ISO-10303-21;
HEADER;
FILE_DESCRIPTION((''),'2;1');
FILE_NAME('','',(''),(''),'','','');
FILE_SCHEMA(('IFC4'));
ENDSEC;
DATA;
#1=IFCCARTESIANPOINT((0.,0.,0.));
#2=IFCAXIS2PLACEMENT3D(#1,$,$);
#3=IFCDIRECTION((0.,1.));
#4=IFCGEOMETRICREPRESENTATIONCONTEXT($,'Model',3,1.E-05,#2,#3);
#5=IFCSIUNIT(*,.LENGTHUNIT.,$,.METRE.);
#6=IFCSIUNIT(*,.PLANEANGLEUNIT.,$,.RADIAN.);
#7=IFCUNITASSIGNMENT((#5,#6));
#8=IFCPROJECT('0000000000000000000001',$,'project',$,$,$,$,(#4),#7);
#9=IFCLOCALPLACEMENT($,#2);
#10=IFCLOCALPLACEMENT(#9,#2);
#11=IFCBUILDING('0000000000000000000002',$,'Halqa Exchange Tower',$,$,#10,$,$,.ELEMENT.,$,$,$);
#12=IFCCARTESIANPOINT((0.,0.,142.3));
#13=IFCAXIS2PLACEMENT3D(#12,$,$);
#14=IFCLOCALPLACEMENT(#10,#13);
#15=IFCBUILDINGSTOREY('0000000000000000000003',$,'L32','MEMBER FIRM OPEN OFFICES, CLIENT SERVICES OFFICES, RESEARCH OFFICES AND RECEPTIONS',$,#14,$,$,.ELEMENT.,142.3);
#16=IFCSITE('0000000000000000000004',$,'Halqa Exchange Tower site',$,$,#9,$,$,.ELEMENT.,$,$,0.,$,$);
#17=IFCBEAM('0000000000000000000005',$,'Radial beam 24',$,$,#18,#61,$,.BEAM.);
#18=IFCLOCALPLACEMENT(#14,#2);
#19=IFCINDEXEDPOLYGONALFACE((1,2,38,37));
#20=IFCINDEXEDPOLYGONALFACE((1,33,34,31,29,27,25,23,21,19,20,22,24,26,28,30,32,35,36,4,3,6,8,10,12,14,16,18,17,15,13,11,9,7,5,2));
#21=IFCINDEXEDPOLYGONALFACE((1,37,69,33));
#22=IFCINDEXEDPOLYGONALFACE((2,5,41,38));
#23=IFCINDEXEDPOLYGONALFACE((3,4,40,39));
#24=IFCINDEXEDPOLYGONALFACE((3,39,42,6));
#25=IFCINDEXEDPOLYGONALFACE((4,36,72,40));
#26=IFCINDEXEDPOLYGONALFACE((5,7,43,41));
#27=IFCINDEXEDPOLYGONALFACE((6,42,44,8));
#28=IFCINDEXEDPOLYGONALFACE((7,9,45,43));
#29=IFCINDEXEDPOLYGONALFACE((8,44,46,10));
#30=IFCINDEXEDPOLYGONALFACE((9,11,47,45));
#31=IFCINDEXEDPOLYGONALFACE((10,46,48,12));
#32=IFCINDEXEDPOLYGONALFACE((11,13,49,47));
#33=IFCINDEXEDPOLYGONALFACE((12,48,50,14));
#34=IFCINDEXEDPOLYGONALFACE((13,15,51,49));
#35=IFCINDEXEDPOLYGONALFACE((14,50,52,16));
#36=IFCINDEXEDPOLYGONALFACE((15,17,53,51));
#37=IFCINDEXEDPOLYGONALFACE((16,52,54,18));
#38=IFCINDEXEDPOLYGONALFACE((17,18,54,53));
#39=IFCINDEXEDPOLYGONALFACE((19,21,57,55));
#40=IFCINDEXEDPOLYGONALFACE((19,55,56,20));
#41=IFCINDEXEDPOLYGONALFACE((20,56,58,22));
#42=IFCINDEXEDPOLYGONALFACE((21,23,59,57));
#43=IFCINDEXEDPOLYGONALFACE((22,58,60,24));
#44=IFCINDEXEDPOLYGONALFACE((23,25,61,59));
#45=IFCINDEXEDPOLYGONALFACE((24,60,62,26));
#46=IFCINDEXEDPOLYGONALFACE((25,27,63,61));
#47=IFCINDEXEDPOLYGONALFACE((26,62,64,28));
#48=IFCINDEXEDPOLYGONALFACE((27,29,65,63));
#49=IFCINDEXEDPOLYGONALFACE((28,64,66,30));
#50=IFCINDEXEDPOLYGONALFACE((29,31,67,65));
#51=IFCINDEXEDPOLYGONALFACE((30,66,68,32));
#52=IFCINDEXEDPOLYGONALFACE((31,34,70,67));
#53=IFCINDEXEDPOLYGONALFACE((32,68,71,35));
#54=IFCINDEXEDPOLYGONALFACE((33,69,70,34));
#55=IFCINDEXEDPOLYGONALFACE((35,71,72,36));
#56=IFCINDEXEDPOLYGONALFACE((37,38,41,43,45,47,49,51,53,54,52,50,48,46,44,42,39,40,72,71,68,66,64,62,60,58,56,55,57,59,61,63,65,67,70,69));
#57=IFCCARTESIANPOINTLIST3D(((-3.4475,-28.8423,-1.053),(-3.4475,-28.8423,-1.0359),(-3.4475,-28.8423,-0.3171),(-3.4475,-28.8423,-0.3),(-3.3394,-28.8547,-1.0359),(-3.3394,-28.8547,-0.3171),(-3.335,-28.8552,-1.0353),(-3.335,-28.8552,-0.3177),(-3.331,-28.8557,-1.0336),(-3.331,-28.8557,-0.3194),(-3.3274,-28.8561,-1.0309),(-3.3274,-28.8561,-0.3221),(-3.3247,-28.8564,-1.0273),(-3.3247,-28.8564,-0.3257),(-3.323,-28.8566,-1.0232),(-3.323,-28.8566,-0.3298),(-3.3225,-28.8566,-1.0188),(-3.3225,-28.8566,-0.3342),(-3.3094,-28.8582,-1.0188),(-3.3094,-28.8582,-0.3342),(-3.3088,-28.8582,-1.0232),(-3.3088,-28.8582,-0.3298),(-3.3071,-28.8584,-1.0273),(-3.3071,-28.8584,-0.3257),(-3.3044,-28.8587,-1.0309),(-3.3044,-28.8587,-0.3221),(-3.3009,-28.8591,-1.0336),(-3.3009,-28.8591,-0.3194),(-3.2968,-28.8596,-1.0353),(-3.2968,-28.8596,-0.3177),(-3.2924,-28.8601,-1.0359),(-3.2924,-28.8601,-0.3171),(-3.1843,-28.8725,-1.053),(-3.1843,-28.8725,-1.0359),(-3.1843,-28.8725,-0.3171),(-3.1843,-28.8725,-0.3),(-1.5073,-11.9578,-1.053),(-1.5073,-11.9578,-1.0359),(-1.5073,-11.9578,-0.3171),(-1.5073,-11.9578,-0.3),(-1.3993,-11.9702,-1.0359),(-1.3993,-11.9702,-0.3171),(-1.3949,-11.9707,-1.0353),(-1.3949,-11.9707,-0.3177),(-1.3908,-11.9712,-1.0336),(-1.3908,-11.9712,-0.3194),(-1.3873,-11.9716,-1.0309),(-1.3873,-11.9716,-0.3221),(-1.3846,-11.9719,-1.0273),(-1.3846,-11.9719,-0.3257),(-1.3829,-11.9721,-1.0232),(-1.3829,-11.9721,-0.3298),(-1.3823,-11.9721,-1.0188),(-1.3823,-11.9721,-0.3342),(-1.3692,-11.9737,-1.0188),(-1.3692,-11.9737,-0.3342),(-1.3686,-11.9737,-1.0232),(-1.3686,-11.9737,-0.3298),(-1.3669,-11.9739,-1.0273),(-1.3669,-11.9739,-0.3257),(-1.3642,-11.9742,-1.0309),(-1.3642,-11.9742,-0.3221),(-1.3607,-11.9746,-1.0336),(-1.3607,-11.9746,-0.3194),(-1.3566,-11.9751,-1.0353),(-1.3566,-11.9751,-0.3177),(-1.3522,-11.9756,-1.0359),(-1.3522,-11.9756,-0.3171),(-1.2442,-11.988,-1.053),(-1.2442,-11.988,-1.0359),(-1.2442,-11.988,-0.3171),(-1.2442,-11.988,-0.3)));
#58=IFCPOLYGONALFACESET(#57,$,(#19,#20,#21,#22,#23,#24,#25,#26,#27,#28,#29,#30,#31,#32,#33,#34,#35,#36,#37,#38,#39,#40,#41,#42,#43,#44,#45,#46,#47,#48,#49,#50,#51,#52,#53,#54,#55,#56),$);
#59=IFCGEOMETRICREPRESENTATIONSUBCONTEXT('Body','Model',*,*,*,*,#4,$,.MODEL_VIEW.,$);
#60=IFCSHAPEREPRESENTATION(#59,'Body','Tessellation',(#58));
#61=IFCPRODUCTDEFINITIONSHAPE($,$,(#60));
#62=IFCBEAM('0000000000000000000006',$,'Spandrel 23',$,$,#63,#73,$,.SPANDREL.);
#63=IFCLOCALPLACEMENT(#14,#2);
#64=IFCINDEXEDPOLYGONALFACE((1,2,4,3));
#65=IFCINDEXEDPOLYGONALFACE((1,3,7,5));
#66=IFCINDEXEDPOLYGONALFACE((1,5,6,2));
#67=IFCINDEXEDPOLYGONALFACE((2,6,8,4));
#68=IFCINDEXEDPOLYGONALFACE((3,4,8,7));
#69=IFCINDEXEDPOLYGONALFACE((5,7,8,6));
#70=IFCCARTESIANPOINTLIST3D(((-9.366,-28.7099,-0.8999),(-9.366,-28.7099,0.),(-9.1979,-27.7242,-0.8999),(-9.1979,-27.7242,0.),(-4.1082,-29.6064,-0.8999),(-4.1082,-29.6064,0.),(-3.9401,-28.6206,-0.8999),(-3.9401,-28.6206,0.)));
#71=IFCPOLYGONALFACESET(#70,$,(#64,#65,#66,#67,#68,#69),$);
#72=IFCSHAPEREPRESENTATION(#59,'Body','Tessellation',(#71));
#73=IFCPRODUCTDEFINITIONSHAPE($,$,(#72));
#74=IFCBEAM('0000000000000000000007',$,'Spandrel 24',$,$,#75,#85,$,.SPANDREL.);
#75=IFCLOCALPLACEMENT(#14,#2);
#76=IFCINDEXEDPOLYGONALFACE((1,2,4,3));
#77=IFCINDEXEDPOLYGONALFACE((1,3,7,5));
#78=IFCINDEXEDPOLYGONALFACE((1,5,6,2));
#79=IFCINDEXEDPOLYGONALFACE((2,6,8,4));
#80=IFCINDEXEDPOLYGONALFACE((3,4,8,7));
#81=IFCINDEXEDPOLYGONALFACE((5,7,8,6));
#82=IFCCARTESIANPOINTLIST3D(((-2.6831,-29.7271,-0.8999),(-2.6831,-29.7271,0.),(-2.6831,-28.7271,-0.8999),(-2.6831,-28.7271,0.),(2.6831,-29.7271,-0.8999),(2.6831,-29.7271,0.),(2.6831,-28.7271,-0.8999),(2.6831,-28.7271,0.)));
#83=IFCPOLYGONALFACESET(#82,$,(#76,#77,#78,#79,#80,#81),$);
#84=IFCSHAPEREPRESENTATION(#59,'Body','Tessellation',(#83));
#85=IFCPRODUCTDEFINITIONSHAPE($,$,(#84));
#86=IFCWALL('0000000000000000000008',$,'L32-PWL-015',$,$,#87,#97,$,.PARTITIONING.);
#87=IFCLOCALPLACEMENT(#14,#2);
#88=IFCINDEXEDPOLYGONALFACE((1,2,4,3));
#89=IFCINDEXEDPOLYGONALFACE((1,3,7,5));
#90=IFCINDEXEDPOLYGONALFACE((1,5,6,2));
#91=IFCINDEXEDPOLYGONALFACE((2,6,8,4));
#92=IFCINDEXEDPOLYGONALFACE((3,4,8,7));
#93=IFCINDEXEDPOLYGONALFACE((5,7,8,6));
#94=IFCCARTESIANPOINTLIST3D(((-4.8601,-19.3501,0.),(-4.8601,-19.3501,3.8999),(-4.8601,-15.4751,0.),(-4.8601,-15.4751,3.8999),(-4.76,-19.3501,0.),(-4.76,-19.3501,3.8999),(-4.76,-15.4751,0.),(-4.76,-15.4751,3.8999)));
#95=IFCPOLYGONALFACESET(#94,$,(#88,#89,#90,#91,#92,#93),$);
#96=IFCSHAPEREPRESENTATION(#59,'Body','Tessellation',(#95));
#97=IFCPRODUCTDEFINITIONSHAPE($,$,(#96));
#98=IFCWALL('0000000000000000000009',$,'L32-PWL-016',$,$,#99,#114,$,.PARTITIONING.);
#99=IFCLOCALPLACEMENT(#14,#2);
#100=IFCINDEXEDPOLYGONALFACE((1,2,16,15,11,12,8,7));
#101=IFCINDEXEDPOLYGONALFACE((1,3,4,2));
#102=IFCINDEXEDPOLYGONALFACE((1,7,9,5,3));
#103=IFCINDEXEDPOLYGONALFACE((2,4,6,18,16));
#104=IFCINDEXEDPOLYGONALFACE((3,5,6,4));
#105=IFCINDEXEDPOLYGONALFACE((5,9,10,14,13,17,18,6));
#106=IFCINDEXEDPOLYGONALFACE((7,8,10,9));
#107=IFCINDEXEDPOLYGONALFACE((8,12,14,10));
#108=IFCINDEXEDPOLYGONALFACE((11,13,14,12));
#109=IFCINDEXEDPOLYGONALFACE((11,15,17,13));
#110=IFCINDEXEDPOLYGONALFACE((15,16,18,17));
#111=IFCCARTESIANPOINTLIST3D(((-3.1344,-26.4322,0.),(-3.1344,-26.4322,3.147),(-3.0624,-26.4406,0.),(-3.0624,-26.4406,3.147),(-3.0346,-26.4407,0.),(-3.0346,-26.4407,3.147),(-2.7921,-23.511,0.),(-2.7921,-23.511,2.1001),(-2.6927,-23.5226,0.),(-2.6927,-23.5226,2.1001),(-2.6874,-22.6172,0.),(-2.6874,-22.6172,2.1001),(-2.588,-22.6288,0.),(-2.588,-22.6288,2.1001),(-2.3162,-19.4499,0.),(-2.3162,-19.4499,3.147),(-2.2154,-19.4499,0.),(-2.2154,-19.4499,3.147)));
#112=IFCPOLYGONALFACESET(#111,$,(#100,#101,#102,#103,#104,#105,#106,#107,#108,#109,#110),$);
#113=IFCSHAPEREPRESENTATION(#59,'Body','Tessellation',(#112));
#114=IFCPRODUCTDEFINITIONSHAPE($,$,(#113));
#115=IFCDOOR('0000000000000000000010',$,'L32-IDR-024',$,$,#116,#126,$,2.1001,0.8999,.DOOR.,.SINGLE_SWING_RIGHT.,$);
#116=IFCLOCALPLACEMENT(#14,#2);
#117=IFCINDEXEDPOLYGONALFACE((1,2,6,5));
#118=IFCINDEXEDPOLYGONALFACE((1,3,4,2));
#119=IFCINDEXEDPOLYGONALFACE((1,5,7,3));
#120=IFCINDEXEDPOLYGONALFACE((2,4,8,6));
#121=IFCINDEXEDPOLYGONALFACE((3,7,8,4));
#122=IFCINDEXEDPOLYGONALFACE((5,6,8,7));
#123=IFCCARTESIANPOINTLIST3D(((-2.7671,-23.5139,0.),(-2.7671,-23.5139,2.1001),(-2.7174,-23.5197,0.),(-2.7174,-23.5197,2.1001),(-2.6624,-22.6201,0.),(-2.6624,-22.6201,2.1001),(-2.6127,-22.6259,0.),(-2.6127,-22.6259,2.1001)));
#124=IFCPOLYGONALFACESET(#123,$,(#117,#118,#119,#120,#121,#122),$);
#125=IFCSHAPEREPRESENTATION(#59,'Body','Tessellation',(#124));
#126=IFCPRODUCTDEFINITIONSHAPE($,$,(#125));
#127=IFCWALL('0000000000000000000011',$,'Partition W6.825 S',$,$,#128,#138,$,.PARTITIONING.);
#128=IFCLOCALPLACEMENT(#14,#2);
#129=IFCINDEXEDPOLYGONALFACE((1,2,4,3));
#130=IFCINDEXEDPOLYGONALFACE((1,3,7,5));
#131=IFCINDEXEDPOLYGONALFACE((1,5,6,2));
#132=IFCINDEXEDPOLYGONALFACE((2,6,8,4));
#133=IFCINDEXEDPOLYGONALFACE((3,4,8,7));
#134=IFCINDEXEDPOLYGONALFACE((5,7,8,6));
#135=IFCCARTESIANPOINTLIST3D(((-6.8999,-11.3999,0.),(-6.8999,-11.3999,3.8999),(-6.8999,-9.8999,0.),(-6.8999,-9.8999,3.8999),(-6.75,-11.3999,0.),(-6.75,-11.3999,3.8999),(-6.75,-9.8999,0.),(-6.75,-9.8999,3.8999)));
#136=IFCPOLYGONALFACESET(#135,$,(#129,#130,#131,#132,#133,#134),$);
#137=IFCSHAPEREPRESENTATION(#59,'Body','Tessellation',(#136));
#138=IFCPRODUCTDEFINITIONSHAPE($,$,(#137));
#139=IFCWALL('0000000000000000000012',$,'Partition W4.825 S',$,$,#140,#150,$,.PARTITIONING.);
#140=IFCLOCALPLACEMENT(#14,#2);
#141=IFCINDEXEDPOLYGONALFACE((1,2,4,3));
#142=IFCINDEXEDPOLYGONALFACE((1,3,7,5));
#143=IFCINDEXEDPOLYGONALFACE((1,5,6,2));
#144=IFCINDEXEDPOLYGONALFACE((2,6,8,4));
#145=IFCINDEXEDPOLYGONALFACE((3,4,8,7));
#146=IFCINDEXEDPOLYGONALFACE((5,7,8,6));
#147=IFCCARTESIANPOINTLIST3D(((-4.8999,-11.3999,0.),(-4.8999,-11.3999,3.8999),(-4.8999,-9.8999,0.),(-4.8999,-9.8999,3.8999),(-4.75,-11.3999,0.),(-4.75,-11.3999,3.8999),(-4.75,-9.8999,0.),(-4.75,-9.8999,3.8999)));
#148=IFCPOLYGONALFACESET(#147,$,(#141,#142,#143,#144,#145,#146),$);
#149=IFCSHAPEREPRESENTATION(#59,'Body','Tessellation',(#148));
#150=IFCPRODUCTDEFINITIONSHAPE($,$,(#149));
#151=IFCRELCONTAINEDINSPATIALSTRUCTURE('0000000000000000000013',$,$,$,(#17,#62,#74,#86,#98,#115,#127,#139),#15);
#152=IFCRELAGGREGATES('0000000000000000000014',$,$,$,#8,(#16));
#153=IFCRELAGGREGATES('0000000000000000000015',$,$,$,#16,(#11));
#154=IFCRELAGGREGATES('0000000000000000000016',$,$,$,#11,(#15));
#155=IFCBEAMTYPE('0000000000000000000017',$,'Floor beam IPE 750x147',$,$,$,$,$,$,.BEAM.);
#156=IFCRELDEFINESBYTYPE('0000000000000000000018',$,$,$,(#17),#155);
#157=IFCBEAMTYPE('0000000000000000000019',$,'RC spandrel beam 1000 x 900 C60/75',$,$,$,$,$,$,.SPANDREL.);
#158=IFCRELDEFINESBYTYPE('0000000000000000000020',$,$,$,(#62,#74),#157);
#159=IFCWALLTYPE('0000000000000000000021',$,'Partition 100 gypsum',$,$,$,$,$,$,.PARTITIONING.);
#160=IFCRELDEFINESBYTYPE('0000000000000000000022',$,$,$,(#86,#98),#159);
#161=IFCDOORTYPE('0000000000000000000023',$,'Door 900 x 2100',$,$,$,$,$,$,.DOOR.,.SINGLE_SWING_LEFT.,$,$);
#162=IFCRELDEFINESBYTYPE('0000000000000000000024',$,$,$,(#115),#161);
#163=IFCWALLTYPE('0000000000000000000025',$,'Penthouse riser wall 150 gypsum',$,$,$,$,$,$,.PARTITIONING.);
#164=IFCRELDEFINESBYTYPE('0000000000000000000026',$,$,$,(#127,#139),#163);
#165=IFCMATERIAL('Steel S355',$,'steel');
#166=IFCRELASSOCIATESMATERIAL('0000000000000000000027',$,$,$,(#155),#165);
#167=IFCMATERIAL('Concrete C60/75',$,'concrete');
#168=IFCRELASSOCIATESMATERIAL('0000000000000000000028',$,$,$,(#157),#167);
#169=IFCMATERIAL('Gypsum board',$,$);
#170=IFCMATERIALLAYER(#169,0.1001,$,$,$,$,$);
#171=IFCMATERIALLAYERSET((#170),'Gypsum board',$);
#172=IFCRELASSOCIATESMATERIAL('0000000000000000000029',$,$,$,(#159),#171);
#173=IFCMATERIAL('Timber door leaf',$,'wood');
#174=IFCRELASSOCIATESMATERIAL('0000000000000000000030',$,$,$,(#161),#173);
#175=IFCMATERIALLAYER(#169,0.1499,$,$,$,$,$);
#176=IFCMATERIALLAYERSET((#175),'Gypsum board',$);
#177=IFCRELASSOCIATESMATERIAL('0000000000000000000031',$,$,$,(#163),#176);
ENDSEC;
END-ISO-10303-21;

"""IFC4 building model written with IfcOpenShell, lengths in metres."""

from ifc_helpers import new_model, si_unit, direction, frame, frame_2d, origin, origin_2d, place, context, subcontext, project, spatial, polyline, rectangle, i_section, outline, extrude, material, layer, layer_set, material_profile, profile_set, type_object, element, fill, save


model = new_model("IFC4")

# Units and contexts
model_context = context("Model", 3, precision=1e-05, world=origin(), true_north=direction((0.0, 1.0)))
body_context = subcontext(model_context, "Body", "Model", "MODEL_VIEW")
ifc_project = project(units=[si_unit("LENGTHUNIT", "METRE"), si_unit("PLANEANGLEUNIT", "RADIAN")], contexts=[model_context])

# Site, building, storey
site_placement = place(None, origin())
site = spatial("IfcSite", under=ifc_project, at=site_placement, Name="Halqa Exchange Tower site", CompositionType="ELEMENT", RefElevation=0.0)
building_placement = place(site_placement, origin())
building = spatial("IfcBuilding", under=site, at=building_placement, Name="Halqa Exchange Tower", CompositionType="ELEMENT")
storey_placement = place(building_placement, frame((0.0, 0.0, 142.3)))
storey = spatial("IfcBuildingStorey", under=building, at=storey_placement, Name="L32", Description="MEMBER FIRM OPEN OFFICES, CLIENT SERVICES OFFICES, RESEARCH OFFICES AND RECEPTIONS", CompositionType="ELEMENT", Elevation=142.3)

# Beams
ifc_material_1 = material(Name="Steel S355", Category="steel")
ifc_material_profile_1 = material_profile(ifc_material_1, i_section(OverallWidth=0.2649, OverallDepth=0.7529, WebThickness=0.0132, FlangeThickness=0.0171, FilletRadius=0.0171, at=origin_2d()), Name="IPE 750x147")
ifc_profile_set_1 = profile_set([ifc_material_profile_1], Name="Steel S355")
beam_type_1 = type_object("IfcBeamType", Name="Floor beam IPE 750x147", PredefinedType="BEAM", material=ifc_profile_set_1)
beam_1_placement = place(storey_placement, frame((-1.3757, -11.9729, -0.6765), z_axis=(-0.114158, -0.993463, 0.0), x_axis=(0.993463, -0.114158, 0.0)))
element("IfcBeam", 1, at=beam_1_placement, inside=storey, type_object=beam_type_1, Name="Radial beam 24", PredefinedType="BEAM", context=body_context, shape_type="SweptSolid", body=[
    extrude(i_section(OverallWidth=0.2649, OverallDepth=0.7529, WebThickness=0.0132, FlangeThickness=0.0171, FilletRadius=0.0171, at=origin_2d()), origin(), (0.0, 0.0, 1.0), 16.9956),
])
ifc_material_2 = material(Name="Concrete C60/75", Category="concrete")
ifc_material_profile_2 = material_profile(ifc_material_2, rectangle(XDim=1.0, YDim=0.8999, at=origin_2d()), Name="1000 x 900")
ifc_profile_set_2 = profile_set([ifc_material_profile_2], Name="Concrete C60/75")
beam_type_2 = type_object("IfcBeamType", Name="RC spandrel beam 1000 x 900 C60/75", PredefinedType="SPANDREL", material=ifc_profile_set_2)
beam_2_placement = place(storey_placement, frame((-9.282, -28.217, -0.45), z_axis=(0.985773, -0.168079, 0.0), x_axis=(0.168079, 0.985773, 0.0)))
element("IfcBeam", 2, at=beam_2_placement, inside=storey, type_object=beam_type_2, Name="Spandrel 23", PredefinedType="SPANDREL", context=body_context, shape_type="SweptSolid", body=[
    extrude(rectangle(XDim=1.0, YDim=0.8999, at=origin_2d()), origin(), (0.0, 0.0, 1.0), 5.3337),
])
beam_3_placement = place(storey_placement, frame((-2.6831, -29.2271, -0.45), z_axis=(1.0, 0.0, 0.0), x_axis=(0.0, 1.0, 0.0)))
element("IfcBeam", 3, at=beam_3_placement, inside=storey, type_object=beam_type_2, Name="Spandrel 24", PredefinedType="SPANDREL", context=body_context, shape_type="SweptSolid", body=[
    extrude(rectangle(XDim=1.0, YDim=0.8999, at=origin_2d()), origin(), (0.0, 0.0, 1.0), 5.3662),
])

# Wall
ifc_material_3 = material(Name="Gypsum board")
ifc_layer_1 = layer(ifc_material_3, 0.1001)
ifc_layer_set_1 = layer_set([ifc_layer_1], Name="Gypsum board")
wall_type_1 = type_object("IfcWallType", Name="Partition 100 gypsum", PredefinedType="PARTITIONING", material=ifc_layer_set_1)
wall_1_placement = place(storey_placement, frame((-4.8101, -19.3501, 0.0), z_axis=(0.0, 0.0, 1.0), x_axis=(0.0, 1.0, 0.0)))
element("IfcWall", 4, at=wall_1_placement, inside=storey, type_object=wall_type_1, Name="L32-PWL-015", PredefinedType="PARTITIONING", context=body_context, shape_type="SweptSolid", body=[
    extrude(rectangle(XDim=3.875, YDim=0.1001, at=frame_2d((1.9375, 0.0))), origin(), (0.0, 0.0, 1.0), 3.8999),
])

# Wall, opening, door
wall_2_placement = place(storey_placement, frame((-2.2651, -19.4441, 0.0), z_axis=(0.0, 0.0, 1.0), x_axis=(-0.116389, -0.993204, 0.0)))
wall_2 = element("IfcWall", 5, at=wall_2_placement, inside=storey, type_object=wall_type_1, Name="L32-PWL-016", PredefinedType="PARTITIONING", context=body_context, shape_type="SweptSolid", body=[
    extrude(outline(polyline([(0.0117, -0.05), (1.7693, -0.05), (3.5269, -0.05), (5.2842, -0.05), (7.0417, -0.05), (7.0417, -0.0486), (7.0417, 0.0225), (7.0386, 0.05), (5.2788, 0.05), (3.5193, 0.05), (1.7598, 0.05), (0.0, 0.05), (0.0117, -0.05)])), origin(), (0.0, 0.0, 1.0), 3.147),
])
opening_1_placement = place(wall_2_placement, frame((3.2007, 0.0, 0.0)))
opening_1 = element("IfcOpeningElement", 6, at=opening_1_placement, cuts=wall_2, PredefinedType="OPENING", context=body_context, shape_type="SweptSolid", body=[
    extrude(rectangle(XDim=0.8999, YDim=2.1001, at=frame_2d((0.45, 1.05))), frame((0.0, 0.062, 0.0), z_axis=(0.0, -1.0, 0.0), x_axis=(1.0, 0.0, 0.0)), (0.0, 0.0, 1.0), 0.124),
])
ifc_material_4 = material(Name="Timber door leaf", Category="wood")
door_type_1 = type_object("IfcDoorType", Name="Door 900 x 2100", OperationType="SINGLE_SWING_LEFT", PredefinedType="DOOR", material=ifc_material_4)
door_1_placement = place(opening_1_placement, frame((0.8999, 0.0, 0.0), z_axis=(0.0, 0.0, 1.0), x_axis=(-1.0, 0.0, 0.0)))
door_1 = element("IfcDoor", 7, at=door_1_placement, inside=storey, type_object=door_type_1, Name="L32-IDR-024", OperationType="SINGLE_SWING_RIGHT", OverallHeight=2.1001, OverallWidth=0.8999, PredefinedType="DOOR", context=body_context, shape_type="SweptSolid", body=[
    extrude(rectangle(XDim=0.8999, YDim=2.1001, at=frame_2d((0.45, 1.05))), frame((0.0, 0.0249, 0.0), z_axis=(0.0, -1.0, 0.0), x_axis=(1.0, 0.0, 0.0)), (0.0, 0.0, 1.0), 0.05),
])
fill(opening_1, door_1)

# Walls
ifc_layer_2 = layer(ifc_material_3, 0.1499)
ifc_layer_set_2 = layer_set([ifc_layer_2], Name="Gypsum board")
wall_type_2 = type_object("IfcWallType", Name="Penthouse riser wall 150 gypsum", PredefinedType="PARTITIONING", material=ifc_layer_set_2)
for number, where, z_axis, x_axis, name in (
    (8, (-6.825, -11.3999, 0.0), (0.0, 0.0, 1.0), (0.0, 1.0, 0.0), "Partition W6.825 S"),
    (9, (-4.825, -11.3999, 0.0), (0.0, 0.0, 1.0), (0.0, 1.0, 0.0), "Partition W4.825 S"),
):
    element("IfcWall", number, at=place(storey_placement, frame(where, z_axis=z_axis, x_axis=x_axis)), inside=storey, type_object=wall_type_2, Name=name, PredefinedType="PARTITIONING", context=body_context, shape_type="SweptSolid", body=[
        extrude(rectangle(XDim=1.5, YDim=0.1499, at=frame_2d((0.75, 0.0))), origin(), (0.0, 0.0, 1.0), 3.8999),
    ])

save(model, "model.ifc")
